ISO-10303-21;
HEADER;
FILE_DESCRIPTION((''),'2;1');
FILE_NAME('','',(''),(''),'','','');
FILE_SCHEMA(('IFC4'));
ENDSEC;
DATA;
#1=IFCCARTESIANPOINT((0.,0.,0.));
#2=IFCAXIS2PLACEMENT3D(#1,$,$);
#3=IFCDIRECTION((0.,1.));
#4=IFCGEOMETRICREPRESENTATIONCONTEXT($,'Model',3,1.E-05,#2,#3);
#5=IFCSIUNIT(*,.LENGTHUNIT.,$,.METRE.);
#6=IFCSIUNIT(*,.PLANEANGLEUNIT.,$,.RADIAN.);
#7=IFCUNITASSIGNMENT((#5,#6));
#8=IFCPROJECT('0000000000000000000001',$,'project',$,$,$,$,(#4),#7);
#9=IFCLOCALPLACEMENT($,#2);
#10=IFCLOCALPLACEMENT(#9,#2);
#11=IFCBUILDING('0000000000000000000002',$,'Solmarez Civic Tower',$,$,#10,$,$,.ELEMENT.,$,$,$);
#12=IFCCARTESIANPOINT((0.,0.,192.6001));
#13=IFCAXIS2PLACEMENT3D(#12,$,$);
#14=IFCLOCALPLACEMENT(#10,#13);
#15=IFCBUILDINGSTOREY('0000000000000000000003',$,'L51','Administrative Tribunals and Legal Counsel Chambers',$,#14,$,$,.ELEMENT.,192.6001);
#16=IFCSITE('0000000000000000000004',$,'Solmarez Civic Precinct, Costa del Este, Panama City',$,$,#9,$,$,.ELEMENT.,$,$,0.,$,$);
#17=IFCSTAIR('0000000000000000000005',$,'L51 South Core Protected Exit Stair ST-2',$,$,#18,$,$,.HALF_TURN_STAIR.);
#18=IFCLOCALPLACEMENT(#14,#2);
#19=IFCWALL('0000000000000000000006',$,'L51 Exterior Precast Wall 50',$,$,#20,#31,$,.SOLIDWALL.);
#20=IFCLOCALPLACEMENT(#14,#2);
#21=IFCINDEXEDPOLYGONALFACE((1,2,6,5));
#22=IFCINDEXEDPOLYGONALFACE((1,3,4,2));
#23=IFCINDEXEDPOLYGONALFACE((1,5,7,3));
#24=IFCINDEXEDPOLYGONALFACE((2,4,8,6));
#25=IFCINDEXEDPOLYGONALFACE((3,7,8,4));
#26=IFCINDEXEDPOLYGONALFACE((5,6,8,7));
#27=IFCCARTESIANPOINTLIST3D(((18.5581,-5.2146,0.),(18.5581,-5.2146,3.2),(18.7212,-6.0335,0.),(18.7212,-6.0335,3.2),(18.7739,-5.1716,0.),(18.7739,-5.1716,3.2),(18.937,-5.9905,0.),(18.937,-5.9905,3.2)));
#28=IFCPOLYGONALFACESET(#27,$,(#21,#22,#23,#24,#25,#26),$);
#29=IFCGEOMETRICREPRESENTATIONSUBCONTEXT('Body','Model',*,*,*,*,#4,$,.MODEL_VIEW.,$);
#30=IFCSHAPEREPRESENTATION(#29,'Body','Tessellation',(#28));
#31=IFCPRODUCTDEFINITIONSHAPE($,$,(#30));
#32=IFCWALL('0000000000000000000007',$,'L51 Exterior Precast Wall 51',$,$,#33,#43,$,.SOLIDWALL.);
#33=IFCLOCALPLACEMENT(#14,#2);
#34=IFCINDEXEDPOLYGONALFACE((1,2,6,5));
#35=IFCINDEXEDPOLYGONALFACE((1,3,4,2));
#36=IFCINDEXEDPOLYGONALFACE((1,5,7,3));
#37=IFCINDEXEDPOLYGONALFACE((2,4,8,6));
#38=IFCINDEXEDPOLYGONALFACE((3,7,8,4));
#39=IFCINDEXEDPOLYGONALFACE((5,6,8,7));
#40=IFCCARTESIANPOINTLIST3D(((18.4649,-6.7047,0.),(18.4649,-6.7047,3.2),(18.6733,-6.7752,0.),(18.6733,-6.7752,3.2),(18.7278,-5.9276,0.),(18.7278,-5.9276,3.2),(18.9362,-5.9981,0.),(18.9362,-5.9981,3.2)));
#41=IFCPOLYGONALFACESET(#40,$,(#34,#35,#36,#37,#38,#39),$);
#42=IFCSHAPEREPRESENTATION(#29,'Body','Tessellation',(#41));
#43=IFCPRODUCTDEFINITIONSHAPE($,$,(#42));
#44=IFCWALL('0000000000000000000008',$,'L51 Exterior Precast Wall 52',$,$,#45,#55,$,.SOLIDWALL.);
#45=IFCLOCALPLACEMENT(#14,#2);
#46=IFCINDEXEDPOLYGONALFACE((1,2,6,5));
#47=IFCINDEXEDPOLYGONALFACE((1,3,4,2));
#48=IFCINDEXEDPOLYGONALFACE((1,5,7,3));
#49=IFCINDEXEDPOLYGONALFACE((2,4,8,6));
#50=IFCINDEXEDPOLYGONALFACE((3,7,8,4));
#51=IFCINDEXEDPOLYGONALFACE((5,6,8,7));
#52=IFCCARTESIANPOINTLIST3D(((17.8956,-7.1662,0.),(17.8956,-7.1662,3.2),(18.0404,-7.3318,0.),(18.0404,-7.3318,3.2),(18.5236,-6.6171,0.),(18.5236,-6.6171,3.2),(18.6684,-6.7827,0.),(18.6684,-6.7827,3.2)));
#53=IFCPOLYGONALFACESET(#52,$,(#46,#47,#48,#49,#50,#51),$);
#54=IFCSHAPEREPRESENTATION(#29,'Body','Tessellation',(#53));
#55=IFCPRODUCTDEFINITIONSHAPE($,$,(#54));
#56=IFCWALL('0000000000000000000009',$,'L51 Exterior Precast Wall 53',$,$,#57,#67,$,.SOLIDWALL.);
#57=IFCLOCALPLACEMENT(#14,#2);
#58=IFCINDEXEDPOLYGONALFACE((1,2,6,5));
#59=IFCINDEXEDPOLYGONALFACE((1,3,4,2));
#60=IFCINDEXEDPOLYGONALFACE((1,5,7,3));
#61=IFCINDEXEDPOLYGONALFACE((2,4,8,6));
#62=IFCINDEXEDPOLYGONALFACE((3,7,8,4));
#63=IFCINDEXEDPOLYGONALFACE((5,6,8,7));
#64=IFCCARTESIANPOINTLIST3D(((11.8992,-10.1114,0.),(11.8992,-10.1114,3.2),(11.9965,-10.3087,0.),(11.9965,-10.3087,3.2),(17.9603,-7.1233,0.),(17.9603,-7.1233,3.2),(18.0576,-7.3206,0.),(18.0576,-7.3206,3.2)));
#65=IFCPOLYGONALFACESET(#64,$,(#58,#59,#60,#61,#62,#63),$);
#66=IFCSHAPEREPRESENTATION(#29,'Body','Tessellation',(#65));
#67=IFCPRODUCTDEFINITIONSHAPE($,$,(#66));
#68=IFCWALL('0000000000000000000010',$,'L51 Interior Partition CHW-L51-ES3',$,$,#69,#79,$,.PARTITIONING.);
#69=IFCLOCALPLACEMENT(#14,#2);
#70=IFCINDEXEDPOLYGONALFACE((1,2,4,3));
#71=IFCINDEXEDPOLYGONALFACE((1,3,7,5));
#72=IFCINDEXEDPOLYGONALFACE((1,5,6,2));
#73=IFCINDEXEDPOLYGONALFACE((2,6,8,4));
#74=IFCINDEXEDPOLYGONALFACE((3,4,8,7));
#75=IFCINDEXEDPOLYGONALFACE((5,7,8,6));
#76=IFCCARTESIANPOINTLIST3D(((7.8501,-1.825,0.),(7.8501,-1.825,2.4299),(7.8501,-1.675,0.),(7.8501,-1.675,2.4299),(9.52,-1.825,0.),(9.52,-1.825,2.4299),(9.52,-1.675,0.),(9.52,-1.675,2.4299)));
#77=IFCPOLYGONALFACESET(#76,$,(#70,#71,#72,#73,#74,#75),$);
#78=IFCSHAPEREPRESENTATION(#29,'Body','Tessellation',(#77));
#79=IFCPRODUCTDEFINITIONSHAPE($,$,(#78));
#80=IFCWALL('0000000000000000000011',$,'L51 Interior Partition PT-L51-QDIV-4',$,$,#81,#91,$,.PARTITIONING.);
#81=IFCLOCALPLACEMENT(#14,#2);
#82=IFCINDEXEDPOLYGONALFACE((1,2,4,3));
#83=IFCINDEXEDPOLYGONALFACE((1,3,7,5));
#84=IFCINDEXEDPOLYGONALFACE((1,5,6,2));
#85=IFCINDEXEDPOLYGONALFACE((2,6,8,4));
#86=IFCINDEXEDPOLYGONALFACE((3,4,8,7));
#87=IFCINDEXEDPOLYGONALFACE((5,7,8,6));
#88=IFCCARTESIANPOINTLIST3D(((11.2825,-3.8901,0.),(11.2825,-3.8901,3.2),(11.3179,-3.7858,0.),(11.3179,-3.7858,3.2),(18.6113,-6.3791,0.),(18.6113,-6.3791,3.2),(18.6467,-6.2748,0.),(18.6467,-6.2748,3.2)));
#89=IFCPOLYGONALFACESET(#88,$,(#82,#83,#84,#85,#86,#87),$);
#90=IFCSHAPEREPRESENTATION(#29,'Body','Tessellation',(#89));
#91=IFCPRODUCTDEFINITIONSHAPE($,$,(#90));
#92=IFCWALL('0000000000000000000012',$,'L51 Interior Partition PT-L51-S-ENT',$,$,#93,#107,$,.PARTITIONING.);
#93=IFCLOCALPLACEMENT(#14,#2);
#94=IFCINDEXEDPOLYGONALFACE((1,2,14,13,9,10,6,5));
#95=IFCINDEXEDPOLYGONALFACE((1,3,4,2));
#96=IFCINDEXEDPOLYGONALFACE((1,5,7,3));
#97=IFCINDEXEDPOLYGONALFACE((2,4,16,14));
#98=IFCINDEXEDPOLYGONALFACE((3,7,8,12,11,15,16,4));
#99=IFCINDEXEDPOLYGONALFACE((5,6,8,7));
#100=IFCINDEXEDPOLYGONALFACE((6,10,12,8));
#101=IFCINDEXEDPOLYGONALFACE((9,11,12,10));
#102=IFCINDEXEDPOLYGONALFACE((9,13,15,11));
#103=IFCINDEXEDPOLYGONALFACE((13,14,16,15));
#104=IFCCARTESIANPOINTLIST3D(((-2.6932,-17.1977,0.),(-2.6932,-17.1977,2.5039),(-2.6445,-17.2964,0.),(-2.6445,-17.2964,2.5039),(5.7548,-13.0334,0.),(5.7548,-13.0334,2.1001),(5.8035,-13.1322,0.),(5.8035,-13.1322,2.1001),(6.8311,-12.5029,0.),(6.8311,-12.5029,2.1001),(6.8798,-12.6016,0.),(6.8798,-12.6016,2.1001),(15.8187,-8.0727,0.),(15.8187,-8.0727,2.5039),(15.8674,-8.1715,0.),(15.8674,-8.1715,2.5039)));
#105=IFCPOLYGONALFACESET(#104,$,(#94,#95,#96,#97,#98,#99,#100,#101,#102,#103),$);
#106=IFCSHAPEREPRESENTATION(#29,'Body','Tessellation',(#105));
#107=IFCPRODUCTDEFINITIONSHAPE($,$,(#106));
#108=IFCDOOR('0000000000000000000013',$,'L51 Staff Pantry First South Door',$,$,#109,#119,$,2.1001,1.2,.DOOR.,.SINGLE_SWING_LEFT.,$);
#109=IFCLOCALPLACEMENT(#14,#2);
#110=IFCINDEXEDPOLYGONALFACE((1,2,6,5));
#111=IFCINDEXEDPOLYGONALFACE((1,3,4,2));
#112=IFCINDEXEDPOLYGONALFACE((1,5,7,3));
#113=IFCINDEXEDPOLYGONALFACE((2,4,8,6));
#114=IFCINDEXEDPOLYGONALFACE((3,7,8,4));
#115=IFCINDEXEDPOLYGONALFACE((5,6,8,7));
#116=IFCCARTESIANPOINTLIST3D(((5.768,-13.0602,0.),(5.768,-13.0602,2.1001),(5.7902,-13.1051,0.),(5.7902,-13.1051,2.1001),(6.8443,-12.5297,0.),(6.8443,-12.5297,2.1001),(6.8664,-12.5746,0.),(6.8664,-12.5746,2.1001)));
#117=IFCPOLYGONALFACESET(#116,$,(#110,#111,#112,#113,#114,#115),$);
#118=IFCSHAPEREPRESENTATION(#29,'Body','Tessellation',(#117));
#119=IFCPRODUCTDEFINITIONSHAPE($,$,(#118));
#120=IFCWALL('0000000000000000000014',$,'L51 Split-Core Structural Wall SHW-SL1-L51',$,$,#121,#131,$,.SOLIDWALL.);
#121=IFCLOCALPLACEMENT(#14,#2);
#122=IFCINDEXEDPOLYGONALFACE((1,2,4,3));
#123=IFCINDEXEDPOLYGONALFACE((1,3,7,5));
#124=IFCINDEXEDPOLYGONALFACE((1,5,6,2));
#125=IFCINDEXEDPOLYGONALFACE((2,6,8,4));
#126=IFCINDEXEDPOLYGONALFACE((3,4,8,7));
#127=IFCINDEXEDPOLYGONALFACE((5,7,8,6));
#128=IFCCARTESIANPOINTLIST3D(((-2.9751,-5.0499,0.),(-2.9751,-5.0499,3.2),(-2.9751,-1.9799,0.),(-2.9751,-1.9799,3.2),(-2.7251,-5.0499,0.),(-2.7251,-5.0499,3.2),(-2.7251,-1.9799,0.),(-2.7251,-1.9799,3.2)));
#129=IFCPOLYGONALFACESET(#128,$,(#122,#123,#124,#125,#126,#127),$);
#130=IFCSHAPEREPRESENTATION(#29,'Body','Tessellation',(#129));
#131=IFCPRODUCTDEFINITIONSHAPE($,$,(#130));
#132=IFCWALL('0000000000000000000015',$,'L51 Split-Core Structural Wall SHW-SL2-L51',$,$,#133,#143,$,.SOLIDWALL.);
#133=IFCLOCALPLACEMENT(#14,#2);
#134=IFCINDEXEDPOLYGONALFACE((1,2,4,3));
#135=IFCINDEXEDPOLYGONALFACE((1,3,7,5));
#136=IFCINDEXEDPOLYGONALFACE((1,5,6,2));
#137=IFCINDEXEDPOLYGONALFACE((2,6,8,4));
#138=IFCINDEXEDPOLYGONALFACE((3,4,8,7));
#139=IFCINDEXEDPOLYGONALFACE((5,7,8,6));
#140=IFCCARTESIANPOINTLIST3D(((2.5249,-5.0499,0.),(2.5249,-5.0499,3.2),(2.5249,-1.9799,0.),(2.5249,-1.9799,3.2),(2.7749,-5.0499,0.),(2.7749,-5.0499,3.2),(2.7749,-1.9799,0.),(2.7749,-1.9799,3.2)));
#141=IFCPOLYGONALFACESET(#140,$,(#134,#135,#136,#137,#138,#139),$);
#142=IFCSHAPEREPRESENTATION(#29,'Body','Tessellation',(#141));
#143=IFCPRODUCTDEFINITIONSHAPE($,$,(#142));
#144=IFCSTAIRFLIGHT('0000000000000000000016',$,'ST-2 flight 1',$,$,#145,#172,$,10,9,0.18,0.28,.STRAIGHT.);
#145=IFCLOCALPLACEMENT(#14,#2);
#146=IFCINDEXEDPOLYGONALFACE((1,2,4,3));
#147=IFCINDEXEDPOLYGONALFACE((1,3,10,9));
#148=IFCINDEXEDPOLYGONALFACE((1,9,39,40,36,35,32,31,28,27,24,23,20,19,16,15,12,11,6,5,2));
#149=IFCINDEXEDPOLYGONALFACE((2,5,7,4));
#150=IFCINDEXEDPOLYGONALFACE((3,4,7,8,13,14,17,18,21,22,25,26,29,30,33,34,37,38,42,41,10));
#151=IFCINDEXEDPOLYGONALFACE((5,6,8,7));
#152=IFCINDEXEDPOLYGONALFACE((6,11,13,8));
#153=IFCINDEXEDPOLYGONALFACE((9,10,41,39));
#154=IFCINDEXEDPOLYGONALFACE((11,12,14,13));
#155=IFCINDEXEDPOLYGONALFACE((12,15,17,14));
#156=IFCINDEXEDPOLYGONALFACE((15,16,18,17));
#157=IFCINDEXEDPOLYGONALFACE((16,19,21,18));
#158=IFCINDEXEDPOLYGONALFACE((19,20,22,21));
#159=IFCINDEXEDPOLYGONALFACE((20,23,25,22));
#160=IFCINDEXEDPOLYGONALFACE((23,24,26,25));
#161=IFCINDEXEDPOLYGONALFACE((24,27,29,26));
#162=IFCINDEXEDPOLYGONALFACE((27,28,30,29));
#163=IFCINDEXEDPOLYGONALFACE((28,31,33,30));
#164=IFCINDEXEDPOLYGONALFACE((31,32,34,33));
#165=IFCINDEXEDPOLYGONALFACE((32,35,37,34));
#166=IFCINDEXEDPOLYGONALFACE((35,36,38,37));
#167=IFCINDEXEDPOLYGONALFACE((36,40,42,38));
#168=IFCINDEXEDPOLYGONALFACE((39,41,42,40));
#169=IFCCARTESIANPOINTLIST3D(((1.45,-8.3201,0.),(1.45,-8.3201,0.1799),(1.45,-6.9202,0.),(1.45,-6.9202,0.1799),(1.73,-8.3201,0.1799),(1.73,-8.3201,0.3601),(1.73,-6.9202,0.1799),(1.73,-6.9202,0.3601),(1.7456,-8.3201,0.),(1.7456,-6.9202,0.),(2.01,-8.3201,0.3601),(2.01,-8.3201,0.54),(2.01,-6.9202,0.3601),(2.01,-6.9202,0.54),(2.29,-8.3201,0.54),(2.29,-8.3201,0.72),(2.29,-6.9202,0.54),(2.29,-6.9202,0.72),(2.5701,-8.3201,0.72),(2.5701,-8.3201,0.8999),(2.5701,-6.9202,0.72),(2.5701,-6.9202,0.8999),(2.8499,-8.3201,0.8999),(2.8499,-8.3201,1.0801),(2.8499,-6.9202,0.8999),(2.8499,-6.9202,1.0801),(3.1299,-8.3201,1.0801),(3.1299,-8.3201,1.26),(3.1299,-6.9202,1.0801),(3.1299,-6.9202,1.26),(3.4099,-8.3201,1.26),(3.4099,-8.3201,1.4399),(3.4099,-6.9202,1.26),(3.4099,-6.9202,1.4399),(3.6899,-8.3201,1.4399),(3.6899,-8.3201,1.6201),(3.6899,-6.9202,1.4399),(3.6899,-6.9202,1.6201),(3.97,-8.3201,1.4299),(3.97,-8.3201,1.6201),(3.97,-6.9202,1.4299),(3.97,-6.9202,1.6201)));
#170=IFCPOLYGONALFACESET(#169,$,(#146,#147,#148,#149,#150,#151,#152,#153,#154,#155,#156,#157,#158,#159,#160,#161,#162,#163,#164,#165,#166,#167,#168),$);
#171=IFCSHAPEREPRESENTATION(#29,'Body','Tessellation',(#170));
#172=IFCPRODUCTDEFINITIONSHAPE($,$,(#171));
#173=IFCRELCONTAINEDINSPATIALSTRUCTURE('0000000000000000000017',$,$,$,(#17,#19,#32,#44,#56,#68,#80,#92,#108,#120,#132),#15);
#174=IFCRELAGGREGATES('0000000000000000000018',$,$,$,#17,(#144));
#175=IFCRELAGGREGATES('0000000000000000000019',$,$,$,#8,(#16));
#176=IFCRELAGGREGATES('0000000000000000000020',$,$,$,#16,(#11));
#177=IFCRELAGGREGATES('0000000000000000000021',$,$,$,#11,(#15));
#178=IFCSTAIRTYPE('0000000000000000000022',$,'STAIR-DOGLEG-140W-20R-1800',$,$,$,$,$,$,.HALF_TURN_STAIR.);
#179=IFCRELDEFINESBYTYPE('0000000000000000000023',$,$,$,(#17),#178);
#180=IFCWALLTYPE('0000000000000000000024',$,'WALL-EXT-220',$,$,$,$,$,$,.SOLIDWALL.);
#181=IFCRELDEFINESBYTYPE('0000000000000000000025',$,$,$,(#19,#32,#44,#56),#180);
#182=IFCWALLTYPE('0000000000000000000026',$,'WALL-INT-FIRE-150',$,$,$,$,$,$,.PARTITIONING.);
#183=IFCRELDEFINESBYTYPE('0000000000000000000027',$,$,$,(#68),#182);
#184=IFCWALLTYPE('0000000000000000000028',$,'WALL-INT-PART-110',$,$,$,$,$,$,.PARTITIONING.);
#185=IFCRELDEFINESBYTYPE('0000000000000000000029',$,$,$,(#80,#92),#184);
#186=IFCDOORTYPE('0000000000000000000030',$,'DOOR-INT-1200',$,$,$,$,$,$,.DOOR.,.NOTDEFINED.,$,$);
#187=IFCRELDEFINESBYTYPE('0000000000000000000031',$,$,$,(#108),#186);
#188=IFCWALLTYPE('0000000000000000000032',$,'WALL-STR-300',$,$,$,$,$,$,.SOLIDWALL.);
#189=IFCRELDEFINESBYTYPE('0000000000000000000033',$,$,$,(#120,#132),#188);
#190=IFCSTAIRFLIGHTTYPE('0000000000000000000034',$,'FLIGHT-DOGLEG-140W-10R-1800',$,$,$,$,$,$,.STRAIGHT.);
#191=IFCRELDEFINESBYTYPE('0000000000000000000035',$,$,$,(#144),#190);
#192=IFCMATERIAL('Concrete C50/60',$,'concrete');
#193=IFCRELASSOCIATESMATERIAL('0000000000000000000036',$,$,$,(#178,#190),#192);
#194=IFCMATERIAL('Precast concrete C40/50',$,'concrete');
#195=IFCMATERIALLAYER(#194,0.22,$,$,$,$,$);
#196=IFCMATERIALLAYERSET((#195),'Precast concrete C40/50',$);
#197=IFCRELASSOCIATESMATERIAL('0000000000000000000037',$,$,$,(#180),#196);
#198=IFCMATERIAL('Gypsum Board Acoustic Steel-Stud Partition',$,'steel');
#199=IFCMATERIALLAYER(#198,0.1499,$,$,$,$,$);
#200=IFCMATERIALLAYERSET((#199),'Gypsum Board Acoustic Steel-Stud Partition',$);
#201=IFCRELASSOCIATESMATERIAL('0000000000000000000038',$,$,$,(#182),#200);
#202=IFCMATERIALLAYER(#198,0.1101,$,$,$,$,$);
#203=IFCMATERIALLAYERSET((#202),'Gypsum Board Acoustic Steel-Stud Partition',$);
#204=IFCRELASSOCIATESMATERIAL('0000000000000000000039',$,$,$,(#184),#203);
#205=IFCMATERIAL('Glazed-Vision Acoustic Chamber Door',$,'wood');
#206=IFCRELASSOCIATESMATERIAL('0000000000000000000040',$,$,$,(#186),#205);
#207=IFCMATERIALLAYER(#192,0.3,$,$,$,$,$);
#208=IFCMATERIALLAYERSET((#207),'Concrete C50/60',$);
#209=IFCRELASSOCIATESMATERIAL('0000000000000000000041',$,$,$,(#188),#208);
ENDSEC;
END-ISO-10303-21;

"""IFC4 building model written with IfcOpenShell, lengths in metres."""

from ifc_helpers import new_model, si_unit, direction, frame, frame_2d, origin, place, context, subcontext, project, spatial, polyline, rectangle, outline, extrude, material, layer, layer_set, type_object, element, fill, aggregate, save


model = new_model("IFC4")

# Units and contexts
model_context = context("Model", 3, precision=1e-05, world=origin(), true_north=direction((0.0, 1.0)))
body_context = subcontext(model_context, "Body", "Model", "MODEL_VIEW")
ifc_project = project(units=[si_unit("LENGTHUNIT", "METRE"), si_unit("PLANEANGLEUNIT", "RADIAN")], contexts=[model_context])

# Site, building, storey
site_placement = place(None, origin())
site = spatial("IfcSite", under=ifc_project, at=site_placement, Name="Solmarez Civic Precinct, Costa del Este, Panama City", CompositionType="ELEMENT", RefElevation=0.0)
building_placement = place(site_placement, origin())
building = spatial("IfcBuilding", under=site, at=building_placement, Name="Solmarez Civic Tower", CompositionType="ELEMENT")
storey_placement = place(building_placement, frame((0.0, 0.0, 192.6001)))
storey = spatial("IfcBuildingStorey", under=building, at=storey_placement, Name="L51", Description="Administrative Tribunals and Legal Counsel Chambers", CompositionType="ELEMENT", Elevation=192.6001)

# Shared definitions
ifc_material_1 = material(Name="Concrete C50/60", Category="concrete")

# Stair
stair_type = type_object("IfcStairType", Name="STAIR-DOGLEG-140W-20R-1800", PredefinedType="HALF_TURN_STAIR", material=ifc_material_1)
stair_1_placement = place(storey_placement, origin())
stair_1 = element("IfcStair", 1, at=stair_1_placement, inside=storey, type_object=stair_type, Name="L51 South Core Protected Exit Stair ST-2", PredefinedType="HALF_TURN_STAIR")

# Walls
ifc_material_2 = material(Name="Precast concrete C40/50", Category="concrete")
ifc_layer_1 = layer(ifc_material_2, 0.22)
ifc_layer_set_1 = layer_set([ifc_layer_1], Name="Precast concrete C40/50")
wall_type_1 = type_object("IfcWallType", Name="WALL-EXT-220", PredefinedType="SOLIDWALL", material=ifc_layer_set_1)
wall_1_placement = place(storey_placement, frame((18.666, -5.1931, 0.0), z_axis=(0.0, 0.0, 1.0), x_axis=(0.195329, -0.980738, 0.0)))
element("IfcWall", 2, at=wall_1_placement, inside=storey, type_object=wall_type_1, Name="L51 Exterior Precast Wall 50", PredefinedType="SOLIDWALL", context=body_context, shape_type="SweptSolid", body=[
    extrude(rectangle(XDim=0.835, YDim=0.22, at=frame_2d((0.4175, 0.0))), origin(), (0.0, 0.0, 1.0), 3.2),
])
wall_2_placement = place(storey_placement, frame((18.832, -5.9629, 0.0), z_axis=(0.0, 0.0, 1.0), x_axis=(-0.32051, -0.947245, 0.0)))
element("IfcWall", 3, at=wall_2_placement, inside=storey, type_object=wall_type_1, Name="L51 Exterior Precast Wall 51", PredefinedType="SOLIDWALL", context=body_context, shape_type="SweptSolid", body=[
    extrude(rectangle(XDim=0.8203, YDim=0.22, at=frame_2d((0.4102, 0.0))), origin(), (0.0, 0.0, 1.0), 3.2),
])
wall_3_placement = place(storey_placement, frame((18.5959, -6.7, 0.0), z_axis=(0.0, 0.0, 1.0), x_axis=(-0.752794, -0.658256, 0.0)))
element("IfcWall", 4, at=wall_3_placement, inside=storey, type_object=wall_type_1, Name="L51 Exterior Precast Wall 52", PredefinedType="SOLIDWALL", context=body_context, shape_type="SweptSolid", body=[
    extrude(rectangle(XDim=0.8342, YDim=0.22, at=frame_2d((0.417, 0.0))), origin(), (0.0, 0.0, 1.0), 3.2),
])
wall_4_placement = place(storey_placement, frame((18.009, -7.2219, 0.0), z_axis=(0.0, 0.0, 1.0), x_axis=(-0.896928, -0.442177, 0.0)))
element("IfcWall", 5, at=wall_4_placement, inside=storey, type_object=wall_type_1, Name="L51 Exterior Precast Wall 53", PredefinedType="SOLIDWALL", context=body_context, shape_type="SweptSolid", body=[
    extrude(rectangle(XDim=6.7576, YDim=0.22, at=frame_2d((3.3789, 0.0))), origin(), (0.0, 0.0, 1.0), 3.2),
])
ifc_material_3 = material(Name="Gypsum Board Acoustic Steel-Stud Partition", Category="steel")
ifc_layer_2 = layer(ifc_material_3, 0.1499)
ifc_layer_set_2 = layer_set([ifc_layer_2], Name="Gypsum Board Acoustic Steel-Stud Partition")
wall_type_2 = type_object("IfcWallType", Name="WALL-INT-FIRE-150", PredefinedType="PARTITIONING", material=ifc_layer_set_2)
wall_5_placement = place(storey_placement, frame((7.8501, -1.75, 0.0), z_axis=(0.0, 0.0, 1.0), x_axis=(1.0, 0.0, 0.0)))
element("IfcWall", 6, at=wall_5_placement, inside=storey, type_object=wall_type_2, Name="L51 Interior Partition CHW-L51-ES3", PredefinedType="PARTITIONING", context=body_context, shape_type="SweptSolid", body=[
    extrude(rectangle(XDim=1.6699, YDim=0.1499, at=frame_2d((0.835, 0.0))), origin(), (0.0, 0.0, 1.0), 2.4299),
])
ifc_layer_3 = layer(ifc_material_3, 0.1101)
ifc_layer_set_3 = layer_set([ifc_layer_3], Name="Gypsum Board Acoustic Steel-Stud Partition")
wall_type_3 = type_object("IfcWallType", Name="WALL-INT-PART-110", PredefinedType="PARTITIONING", material=ifc_layer_set_3)
wall_6_placement = place(storey_placement, frame((11.3, -3.8379, 0.0), z_axis=(0.0, 0.0, 1.0), x_axis=(0.946883, -0.321579, 0.0)))
element("IfcWall", 7, at=wall_6_placement, inside=storey, type_object=wall_type_3, Name="L51 Interior Partition PT-L51-QDIV-4", PredefinedType="PARTITIONING", context=body_context, shape_type="SweptSolid", body=[
    extrude(rectangle(XDim=7.74, YDim=0.1101, at=frame_2d((3.8701, 0.0))), origin(), (0.0, 0.0, 1.0), 3.2),
])

# Wall, opening, door
wall_7_placement = place(storey_placement, frame((15.843, -8.1221, 0.0), z_axis=(0.0, 0.0, 1.0), x_axis=(-0.896951, -0.442129, 0.0)))
wall_7 = element("IfcWall", 8, at=wall_7_placement, inside=storey, type_object=wall_type_3, Name="L51 Interior Partition PT-L51-S-ENT", PredefinedType="PARTITIONING", context=body_context, shape_type="SweptSolid", body=[
    extrude(rectangle(XDim=20.6387, YDim=0.1101, at=frame_2d((10.3193, 0.0))), origin(), (0.0, 0.0, 1.0), 2.5039),
])
opening_placement = place(wall_7_placement, frame((10.02, 0.0, 0.0)))
opening = element("IfcOpeningElement", 9, at=opening_placement, cuts=wall_7, PredefinedType="OPENING", context=body_context, shape_type="SweptSolid", body=[
    extrude(rectangle(XDim=1.2, YDim=2.1001, at=frame_2d((0.6001, 1.05))), frame((0.0, 0.0649, 0.0), z_axis=(0.0, -1.0, 0.0), x_axis=(1.0, 0.0, 0.0)), (0.0, 0.0, 1.0), 0.1301),
])
ifc_material_4 = material(Name="Glazed-Vision Acoustic Chamber Door", Category="wood")
door_type = type_object("IfcDoorType", Name="DOOR-INT-1200", OperationType="NOTDEFINED", PredefinedType="DOOR", material=ifc_material_4)
door_placement = place(opening_placement, origin())
door = element("IfcDoor", 10, at=door_placement, inside=storey, type_object=door_type, Name="L51 Staff Pantry First South Door", OperationType="SINGLE_SWING_LEFT", OverallHeight=2.1001, OverallWidth=1.2, PredefinedType="DOOR", context=body_context, shape_type="SweptSolid", body=[
    extrude(rectangle(XDim=1.2, YDim=2.1001, at=frame_2d((0.6001, 1.05))), frame((0.0, 0.0249, 0.0), z_axis=(0.0, -1.0, 0.0), x_axis=(1.0, 0.0, 0.0)), (0.0, 0.0, 1.0), 0.05),
])
fill(opening, door)

# Walls
ifc_layer_4 = layer(ifc_material_1, 0.3)
ifc_layer_set_4 = layer_set([ifc_layer_4], Name="Concrete C50/60")
wall_type_4 = type_object("IfcWallType", Name="WALL-STR-300", PredefinedType="SOLIDWALL", material=ifc_layer_set_4)
for number, where, z_axis, x_axis, name in (
    (11, (-2.8501, -5.05, 0.0), (0.0, 0.0, 1.0), (0.0, 1.0, 0.0), "L51 Split-Core Structural Wall SHW-SL1-L51"),
    (12, (2.6499, -5.05, 0.0), (0.0, 0.0, 1.0), (0.0, 1.0, 0.0), "L51 Split-Core Structural Wall SHW-SL2-L51"),
):
    element("IfcWall", number, at=place(storey_placement, frame(where, z_axis=z_axis, x_axis=x_axis)), inside=storey, type_object=wall_type_4, Name=name, PredefinedType="SOLIDWALL", context=body_context, shape_type="SweptSolid", body=[
        extrude(rectangle(XDim=3.0701, YDim=0.25, at=frame_2d((1.5352, 0.0))), origin(), (0.0, 0.0, 1.0), 3.2),
    ])

# Stair flight
stair_flight_type = type_object("IfcStairFlightType", Name="FLIGHT-DOGLEG-140W-10R-1800", PredefinedType="STRAIGHT", material=ifc_material_1)
stair_flight_1_placement = place(storey_placement, frame((1.45, -7.6201, 0.0), z_axis=(0.0, 0.0, 1.0), x_axis=(1.0, 0.0, 0.0)))
stair_flight_1 = element("IfcStairFlight", 13, at=stair_flight_1_placement, type_object=stair_flight_type, Name="ST-2 flight 1", NumberOfRisers=10, NumberOfTreads=9, PredefinedType="STRAIGHT", RiserHeight=0.18, TreadLength=0.28, context=body_context, shape_type="SweptSolid", body=[
    extrude(outline(polyline([(0.0, 0.0), (0.0, 0.1799), (0.28, 0.1799), (0.28, 0.3601), (0.5601, 0.3601), (0.5601, 0.54), (0.8401, 0.54), (0.8401, 0.72), (1.1201, 0.72), (1.1201, 0.8999), (1.3999, 0.8999), (1.3999, 1.0801), (1.6799, 1.0801), (1.6799, 1.26), (1.96, 1.26), (1.96, 1.4399), (2.24, 1.4399), (2.24, 1.6201), (2.52, 1.6201), (2.52, 1.8), (2.52, 1.4299), (0.2957, 0.0), (0.0, 0.0)])), frame((0.0, 0.7, 0.0), z_axis=(0.0, -1.0, 0.0), x_axis=(1.0, 0.0, 0.0)), (0.0, 0.0, 1.0), 1.3999),
])
aggregate(stair_1, [stair_flight_1])

save(model, "model.ifc")
